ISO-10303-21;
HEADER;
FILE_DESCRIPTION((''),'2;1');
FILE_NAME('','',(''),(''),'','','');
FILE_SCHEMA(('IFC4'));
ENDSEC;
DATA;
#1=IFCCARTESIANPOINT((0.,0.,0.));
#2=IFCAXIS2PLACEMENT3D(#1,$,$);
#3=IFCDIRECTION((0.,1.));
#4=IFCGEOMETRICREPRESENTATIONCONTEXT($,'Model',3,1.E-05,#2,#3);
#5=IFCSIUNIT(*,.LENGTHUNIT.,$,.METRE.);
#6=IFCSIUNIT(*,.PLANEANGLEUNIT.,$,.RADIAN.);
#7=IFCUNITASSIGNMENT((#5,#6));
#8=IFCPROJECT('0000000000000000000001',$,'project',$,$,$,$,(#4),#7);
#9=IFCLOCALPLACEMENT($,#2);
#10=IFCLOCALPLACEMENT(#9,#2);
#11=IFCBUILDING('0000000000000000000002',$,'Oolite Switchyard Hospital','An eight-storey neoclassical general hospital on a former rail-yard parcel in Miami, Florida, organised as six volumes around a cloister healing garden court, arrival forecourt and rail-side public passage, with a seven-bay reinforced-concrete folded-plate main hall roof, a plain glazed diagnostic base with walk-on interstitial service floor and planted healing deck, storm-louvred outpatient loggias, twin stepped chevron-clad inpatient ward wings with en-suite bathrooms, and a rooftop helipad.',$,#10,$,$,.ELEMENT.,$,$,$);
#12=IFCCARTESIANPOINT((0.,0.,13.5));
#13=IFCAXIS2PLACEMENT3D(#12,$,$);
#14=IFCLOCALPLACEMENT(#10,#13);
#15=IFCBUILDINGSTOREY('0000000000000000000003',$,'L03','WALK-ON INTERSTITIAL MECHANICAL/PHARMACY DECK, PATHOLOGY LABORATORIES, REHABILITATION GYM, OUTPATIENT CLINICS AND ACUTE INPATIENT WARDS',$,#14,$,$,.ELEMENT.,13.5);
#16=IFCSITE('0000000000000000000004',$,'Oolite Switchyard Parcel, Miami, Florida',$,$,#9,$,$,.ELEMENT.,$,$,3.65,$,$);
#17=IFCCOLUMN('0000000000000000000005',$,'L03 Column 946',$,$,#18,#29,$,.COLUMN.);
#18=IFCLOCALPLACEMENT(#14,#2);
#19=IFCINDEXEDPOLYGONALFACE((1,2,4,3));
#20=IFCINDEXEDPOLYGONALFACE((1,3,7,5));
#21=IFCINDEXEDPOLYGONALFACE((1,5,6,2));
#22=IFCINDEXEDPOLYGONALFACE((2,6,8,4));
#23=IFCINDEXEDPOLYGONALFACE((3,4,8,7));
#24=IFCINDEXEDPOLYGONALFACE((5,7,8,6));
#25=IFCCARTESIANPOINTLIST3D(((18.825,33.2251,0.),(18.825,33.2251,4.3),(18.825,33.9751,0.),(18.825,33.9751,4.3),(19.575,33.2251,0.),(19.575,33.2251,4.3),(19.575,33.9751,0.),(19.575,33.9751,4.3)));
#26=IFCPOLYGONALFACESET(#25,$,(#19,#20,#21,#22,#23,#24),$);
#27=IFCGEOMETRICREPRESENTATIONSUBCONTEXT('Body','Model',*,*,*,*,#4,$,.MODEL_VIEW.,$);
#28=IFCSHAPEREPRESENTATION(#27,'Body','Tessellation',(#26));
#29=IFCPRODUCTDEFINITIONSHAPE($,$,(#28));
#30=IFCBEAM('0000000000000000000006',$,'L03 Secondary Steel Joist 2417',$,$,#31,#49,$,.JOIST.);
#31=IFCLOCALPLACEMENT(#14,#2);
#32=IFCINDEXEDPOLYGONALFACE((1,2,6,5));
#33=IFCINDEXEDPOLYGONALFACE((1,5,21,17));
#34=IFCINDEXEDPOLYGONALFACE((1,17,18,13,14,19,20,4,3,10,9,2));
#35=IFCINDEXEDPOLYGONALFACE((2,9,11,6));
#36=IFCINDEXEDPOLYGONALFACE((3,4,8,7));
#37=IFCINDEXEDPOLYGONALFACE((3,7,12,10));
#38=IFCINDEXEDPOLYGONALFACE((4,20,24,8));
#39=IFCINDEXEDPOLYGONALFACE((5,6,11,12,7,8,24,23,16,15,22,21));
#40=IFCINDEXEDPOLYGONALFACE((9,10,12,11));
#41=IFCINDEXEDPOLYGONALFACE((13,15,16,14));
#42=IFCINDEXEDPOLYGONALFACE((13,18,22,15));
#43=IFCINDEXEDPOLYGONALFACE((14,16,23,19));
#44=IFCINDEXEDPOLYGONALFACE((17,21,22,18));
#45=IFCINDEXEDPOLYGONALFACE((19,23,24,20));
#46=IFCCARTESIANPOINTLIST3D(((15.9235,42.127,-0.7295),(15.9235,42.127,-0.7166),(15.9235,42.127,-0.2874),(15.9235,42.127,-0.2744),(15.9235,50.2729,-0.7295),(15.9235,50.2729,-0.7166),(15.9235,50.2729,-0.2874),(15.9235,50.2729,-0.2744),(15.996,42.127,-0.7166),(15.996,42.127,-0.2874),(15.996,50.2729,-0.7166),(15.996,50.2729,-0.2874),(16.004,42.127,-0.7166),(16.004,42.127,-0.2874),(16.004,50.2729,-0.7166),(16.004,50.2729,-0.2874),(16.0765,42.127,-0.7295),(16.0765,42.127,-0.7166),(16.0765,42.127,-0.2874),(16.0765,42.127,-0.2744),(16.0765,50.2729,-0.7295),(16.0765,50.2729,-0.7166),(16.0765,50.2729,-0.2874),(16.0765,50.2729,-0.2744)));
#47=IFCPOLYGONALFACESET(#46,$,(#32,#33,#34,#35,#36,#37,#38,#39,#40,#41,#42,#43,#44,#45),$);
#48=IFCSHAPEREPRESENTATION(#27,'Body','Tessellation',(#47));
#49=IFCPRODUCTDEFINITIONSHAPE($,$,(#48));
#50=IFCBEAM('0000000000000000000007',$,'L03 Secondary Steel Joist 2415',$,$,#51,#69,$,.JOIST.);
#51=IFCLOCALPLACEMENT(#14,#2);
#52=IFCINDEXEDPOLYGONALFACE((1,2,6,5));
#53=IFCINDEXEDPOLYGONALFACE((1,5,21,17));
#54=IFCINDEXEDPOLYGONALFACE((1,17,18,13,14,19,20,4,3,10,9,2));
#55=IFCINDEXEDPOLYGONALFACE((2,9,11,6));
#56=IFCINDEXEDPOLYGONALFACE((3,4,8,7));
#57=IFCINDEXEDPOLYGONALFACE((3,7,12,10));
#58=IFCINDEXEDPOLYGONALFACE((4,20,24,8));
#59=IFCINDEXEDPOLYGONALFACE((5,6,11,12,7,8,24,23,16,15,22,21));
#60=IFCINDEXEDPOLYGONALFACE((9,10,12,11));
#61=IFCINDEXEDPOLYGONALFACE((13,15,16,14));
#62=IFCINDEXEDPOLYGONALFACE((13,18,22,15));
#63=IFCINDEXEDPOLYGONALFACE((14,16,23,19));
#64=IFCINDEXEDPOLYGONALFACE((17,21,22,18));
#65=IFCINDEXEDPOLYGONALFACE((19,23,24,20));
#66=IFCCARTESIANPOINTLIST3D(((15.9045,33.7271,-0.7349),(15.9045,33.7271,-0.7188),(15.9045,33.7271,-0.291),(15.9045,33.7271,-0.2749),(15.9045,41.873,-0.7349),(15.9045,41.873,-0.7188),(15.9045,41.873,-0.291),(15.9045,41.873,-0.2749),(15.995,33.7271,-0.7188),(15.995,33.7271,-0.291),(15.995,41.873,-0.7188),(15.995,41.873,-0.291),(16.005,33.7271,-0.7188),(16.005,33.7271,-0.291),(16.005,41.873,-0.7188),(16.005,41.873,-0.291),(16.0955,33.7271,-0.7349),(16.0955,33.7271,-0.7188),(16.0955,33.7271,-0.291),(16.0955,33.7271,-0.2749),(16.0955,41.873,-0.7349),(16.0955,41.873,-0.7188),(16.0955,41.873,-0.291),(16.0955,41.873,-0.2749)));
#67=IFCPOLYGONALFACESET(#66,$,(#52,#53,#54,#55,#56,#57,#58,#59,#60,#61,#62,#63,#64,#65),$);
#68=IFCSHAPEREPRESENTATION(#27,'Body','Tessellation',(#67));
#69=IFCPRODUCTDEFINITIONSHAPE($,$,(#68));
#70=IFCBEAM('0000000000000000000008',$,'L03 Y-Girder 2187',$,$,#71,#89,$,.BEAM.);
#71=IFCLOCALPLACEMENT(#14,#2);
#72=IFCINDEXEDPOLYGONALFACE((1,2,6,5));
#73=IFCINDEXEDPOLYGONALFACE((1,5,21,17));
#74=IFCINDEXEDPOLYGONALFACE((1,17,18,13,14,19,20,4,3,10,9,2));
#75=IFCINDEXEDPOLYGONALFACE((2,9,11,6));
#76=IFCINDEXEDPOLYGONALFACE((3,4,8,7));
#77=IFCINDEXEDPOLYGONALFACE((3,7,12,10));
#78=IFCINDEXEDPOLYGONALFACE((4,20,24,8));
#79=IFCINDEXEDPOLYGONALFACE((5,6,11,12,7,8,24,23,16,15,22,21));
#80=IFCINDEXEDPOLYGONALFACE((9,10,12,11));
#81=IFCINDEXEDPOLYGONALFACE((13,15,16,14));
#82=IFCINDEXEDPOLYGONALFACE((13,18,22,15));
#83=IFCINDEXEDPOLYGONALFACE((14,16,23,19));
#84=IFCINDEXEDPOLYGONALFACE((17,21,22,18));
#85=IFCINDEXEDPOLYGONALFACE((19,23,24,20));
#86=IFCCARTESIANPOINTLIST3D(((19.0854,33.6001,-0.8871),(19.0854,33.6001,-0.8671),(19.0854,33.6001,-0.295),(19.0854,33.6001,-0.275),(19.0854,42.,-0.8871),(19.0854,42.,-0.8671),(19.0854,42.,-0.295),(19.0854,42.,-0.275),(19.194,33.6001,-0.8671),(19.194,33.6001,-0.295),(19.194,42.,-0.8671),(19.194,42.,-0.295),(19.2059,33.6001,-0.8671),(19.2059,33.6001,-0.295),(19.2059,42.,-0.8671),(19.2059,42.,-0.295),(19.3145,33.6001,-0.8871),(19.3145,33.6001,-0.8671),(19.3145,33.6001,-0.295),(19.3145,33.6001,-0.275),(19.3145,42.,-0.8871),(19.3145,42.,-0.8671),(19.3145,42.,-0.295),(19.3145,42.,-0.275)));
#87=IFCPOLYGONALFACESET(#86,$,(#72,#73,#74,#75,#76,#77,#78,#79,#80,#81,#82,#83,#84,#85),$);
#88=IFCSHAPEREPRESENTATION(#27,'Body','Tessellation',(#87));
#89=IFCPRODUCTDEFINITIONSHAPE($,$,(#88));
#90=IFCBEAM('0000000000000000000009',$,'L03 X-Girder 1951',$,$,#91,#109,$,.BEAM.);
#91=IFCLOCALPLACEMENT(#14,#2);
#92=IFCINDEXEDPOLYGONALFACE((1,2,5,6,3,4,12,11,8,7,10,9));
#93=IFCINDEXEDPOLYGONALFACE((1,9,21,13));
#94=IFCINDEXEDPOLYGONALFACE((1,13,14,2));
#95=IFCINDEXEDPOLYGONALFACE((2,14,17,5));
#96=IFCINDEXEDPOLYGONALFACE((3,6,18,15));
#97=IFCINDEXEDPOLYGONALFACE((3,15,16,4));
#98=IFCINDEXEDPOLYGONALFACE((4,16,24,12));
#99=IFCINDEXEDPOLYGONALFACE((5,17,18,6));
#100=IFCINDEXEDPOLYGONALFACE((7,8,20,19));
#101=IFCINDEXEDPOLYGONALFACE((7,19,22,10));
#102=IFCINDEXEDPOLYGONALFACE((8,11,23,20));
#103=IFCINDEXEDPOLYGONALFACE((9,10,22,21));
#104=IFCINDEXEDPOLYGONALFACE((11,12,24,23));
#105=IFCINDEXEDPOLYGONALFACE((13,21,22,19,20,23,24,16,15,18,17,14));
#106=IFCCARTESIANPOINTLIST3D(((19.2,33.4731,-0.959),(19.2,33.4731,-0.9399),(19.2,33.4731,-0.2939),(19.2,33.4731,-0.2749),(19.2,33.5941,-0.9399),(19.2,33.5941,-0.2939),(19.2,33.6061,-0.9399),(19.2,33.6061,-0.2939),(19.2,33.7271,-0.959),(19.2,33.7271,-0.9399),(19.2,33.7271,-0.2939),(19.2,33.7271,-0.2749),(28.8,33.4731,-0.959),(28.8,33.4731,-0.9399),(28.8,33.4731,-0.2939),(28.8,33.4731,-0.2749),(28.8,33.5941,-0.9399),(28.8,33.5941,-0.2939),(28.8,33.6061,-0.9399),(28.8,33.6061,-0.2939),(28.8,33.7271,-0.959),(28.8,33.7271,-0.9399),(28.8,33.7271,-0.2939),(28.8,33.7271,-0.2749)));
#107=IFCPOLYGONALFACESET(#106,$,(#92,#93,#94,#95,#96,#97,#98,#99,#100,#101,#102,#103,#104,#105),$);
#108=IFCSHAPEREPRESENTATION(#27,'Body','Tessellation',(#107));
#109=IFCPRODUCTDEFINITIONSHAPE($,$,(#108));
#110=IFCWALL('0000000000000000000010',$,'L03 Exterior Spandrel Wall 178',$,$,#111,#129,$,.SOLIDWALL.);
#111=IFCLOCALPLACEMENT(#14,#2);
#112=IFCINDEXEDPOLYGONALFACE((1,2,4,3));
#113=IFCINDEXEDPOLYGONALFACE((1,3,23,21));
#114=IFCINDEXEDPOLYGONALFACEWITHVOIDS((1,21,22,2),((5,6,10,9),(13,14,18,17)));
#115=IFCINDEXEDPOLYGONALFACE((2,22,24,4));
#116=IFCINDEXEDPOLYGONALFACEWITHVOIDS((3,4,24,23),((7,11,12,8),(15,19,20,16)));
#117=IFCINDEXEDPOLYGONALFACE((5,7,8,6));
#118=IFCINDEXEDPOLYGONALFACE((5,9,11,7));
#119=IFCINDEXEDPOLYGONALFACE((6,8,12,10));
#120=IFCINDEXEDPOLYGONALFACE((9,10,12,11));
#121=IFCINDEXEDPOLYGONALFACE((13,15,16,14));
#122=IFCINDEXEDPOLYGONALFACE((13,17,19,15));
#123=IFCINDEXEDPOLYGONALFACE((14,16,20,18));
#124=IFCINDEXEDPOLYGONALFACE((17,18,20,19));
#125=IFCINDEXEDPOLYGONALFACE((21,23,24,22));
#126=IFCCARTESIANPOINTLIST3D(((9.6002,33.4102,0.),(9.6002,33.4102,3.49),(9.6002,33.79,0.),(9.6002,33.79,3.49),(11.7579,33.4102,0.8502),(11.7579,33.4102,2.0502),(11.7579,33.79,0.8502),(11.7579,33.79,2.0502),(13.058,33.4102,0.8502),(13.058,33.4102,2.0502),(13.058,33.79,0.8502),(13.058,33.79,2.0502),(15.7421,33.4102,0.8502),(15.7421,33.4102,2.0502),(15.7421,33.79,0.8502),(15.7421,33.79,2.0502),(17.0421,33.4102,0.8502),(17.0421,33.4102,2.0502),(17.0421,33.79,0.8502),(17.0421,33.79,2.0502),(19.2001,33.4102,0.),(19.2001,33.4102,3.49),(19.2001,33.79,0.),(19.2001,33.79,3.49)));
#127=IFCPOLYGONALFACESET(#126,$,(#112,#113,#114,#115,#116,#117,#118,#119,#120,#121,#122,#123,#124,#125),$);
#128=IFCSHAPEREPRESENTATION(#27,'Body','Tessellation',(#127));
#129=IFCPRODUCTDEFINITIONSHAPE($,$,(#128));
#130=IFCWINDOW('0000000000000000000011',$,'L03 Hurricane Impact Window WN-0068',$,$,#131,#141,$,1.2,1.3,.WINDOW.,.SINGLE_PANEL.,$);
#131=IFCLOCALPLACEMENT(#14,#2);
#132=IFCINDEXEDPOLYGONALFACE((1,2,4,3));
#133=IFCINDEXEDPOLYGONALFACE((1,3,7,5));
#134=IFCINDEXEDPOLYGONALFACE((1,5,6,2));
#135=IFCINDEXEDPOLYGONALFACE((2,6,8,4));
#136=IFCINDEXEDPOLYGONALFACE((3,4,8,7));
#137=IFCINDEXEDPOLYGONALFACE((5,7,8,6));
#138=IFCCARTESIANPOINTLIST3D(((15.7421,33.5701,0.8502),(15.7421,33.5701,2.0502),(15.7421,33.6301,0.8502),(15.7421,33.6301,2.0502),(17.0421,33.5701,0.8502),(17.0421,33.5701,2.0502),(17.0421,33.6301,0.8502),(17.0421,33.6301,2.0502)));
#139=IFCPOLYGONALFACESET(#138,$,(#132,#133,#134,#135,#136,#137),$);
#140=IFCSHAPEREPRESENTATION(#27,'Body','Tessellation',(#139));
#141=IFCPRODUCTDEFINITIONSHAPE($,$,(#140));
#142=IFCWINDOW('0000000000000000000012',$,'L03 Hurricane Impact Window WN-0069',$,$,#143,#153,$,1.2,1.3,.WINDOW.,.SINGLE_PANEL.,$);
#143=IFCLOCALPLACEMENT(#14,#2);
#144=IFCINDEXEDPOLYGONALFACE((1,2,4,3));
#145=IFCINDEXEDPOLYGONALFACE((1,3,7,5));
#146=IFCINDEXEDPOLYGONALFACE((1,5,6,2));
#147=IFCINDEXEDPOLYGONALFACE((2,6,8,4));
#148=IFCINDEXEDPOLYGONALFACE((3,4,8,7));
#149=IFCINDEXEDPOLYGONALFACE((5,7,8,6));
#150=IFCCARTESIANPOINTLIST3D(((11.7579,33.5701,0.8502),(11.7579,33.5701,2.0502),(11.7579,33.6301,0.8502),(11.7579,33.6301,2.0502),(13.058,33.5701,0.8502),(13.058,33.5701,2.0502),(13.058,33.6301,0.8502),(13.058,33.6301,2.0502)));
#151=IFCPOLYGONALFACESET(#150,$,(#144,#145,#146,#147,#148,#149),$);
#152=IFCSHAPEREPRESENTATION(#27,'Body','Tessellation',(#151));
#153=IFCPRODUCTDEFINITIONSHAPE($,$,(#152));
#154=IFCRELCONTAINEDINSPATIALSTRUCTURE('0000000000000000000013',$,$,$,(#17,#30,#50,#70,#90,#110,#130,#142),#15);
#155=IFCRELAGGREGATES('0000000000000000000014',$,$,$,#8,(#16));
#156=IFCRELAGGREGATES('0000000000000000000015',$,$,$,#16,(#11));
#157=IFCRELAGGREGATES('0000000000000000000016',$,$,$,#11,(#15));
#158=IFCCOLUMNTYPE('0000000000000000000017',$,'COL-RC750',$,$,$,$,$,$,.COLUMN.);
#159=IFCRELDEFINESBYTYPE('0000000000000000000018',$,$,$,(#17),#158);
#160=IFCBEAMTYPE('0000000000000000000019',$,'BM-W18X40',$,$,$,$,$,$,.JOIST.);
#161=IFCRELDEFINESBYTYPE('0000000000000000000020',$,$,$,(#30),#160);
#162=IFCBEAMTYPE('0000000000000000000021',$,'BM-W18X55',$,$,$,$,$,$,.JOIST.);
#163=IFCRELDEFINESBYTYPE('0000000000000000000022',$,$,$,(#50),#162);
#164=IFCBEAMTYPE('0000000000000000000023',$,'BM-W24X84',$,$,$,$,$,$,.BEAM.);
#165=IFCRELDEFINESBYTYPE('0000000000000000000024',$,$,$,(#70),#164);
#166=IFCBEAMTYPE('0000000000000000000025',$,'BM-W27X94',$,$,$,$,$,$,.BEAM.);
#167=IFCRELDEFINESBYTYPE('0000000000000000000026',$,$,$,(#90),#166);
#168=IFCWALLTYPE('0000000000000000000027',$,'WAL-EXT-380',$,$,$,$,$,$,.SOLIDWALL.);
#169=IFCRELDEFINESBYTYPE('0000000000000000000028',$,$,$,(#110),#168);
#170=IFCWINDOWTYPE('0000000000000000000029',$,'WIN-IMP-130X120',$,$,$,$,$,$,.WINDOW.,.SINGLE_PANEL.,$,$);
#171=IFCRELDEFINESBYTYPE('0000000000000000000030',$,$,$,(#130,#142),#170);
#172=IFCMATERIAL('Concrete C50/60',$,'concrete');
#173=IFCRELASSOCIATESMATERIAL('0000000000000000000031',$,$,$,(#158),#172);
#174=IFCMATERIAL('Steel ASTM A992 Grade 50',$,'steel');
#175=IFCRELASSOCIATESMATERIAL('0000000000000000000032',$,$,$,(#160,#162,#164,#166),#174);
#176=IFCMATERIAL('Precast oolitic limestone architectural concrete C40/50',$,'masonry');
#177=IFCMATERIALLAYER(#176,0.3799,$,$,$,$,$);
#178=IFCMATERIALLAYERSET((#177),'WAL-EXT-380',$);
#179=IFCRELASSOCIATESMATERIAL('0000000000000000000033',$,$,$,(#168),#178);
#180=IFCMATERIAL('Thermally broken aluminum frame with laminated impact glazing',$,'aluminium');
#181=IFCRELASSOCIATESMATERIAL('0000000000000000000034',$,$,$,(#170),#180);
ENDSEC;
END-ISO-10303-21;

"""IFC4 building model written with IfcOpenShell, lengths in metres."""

from ifc_helpers import new_model, si_unit, direction, frame, frame_2d, origin, origin_2d, place, context, subcontext, project, spatial, rectangle, i_section, extrude, material, layer, layer_set, material_profile, profile_set, type_object, element, fill, save


model = new_model("IFC4")

# Units and contexts
model_context = context("Model", 3, precision=1e-05, world=origin(), true_north=direction((0.0, 1.0)))
body_context = subcontext(model_context, "Body", "Model", "MODEL_VIEW")
ifc_project = project(units=[si_unit("LENGTHUNIT", "METRE"), si_unit("PLANEANGLEUNIT", "RADIAN")], contexts=[model_context])

# Site, building, storey
site_placement = place(None, origin())
site = spatial("IfcSite", under=ifc_project, at=site_placement, Name="Oolite Switchyard Parcel, Miami, Florida", CompositionType="ELEMENT", RefElevation=3.65)
building_placement = place(site_placement, origin())
building = spatial("IfcBuilding", under=site, at=building_placement, Name="Oolite Switchyard Hospital", Description="An eight-storey neoclassical general hospital on a former rail-yard parcel in Miami, Florida, organised as six volumes around a cloister healing garden court, arrival forecourt and rail-side public passage, with a seven-bay reinforced-concrete folded-plate main hall roof, a plain glazed diagnostic base with walk-on interstitial service floor and planted healing deck, storm-louvred outpatient loggias, twin stepped chevron-clad inpatient ward wings with en-suite bathrooms, and a rooftop helipad.", CompositionType="ELEMENT")
storey_placement = place(building_placement, frame((0.0, 0.0, 13.5)))
storey = spatial("IfcBuildingStorey", under=building, at=storey_placement, Name="L03", Description="WALK-ON INTERSTITIAL MECHANICAL/PHARMACY DECK, PATHOLOGY LABORATORIES, REHABILITATION GYM, OUTPATIENT CLINICS AND ACUTE INPATIENT WARDS", CompositionType="ELEMENT", Elevation=13.5)

# Column
ifc_material_1 = material(Name="Concrete C50/60", Category="concrete")
ifc_material_profile_1 = material_profile(ifc_material_1, rectangle(XDim=0.75, YDim=0.75, at=origin_2d()), Name="RC750X750")
ifc_profile_set_1 = profile_set([ifc_material_profile_1], Name="Concrete C50/60")
column_type = type_object("IfcColumnType", Name="COL-RC750", PredefinedType="COLUMN", material=ifc_profile_set_1)
column_placement = place(storey_placement, frame((19.2, 33.6001, 0.0), z_axis=(0.0, 0.0, 1.0), x_axis=(1.0, 0.0, 0.0)))
element("IfcColumn", 1, at=column_placement, inside=storey, type_object=column_type, Name="L03 Column 946", PredefinedType="COLUMN", context=body_context, shape_type="SweptSolid", body=[
    extrude(rectangle(XDim=0.75, YDim=0.75, at=origin_2d()), origin(), (0.0, 0.0, 1.0), 4.3),
])

# Beams
ifc_material_2 = material(Name="Steel ASTM A992 Grade 50", Category="steel")
ifc_material_profile_2 = material_profile(ifc_material_2, i_section(OverallWidth=0.1531, OverallDepth=0.4551, WebThickness=0.0081, FlangeThickness=0.0129, at=origin_2d()), Name="W18X40")
ifc_profile_set_2 = profile_set([ifc_material_profile_2], Name="Steel ASTM A992 Grade 50")
beam_type_1 = type_object("IfcBeamType", Name="BM-W18X40", PredefinedType="JOIST", material=ifc_profile_set_2)
beam_1_placement = place(storey_placement, frame((16.0, 42.127, -0.502), z_axis=(0.0, 1.0, 0.0), x_axis=(-1.0, 0.0, 0.0)))
element("IfcBeam", 2, at=beam_1_placement, inside=storey, type_object=beam_type_1, Name="L03 Secondary Steel Joist 2417", PredefinedType="JOIST", context=body_context, shape_type="SweptSolid", body=[
    extrude(i_section(OverallWidth=0.1531, OverallDepth=0.4551, WebThickness=0.0081, FlangeThickness=0.0129, at=origin_2d()), origin(), (0.0, 0.0, 1.0), 8.146),
])
ifc_material_profile_3 = material_profile(ifc_material_2, i_section(OverallWidth=0.1909, OverallDepth=0.46, WebThickness=0.01, FlangeThickness=0.0161, at=origin_2d()), Name="W18X55")
ifc_profile_set_3 = profile_set([ifc_material_profile_3], Name="Steel ASTM A992 Grade 50")
beam_type_2 = type_object("IfcBeamType", Name="BM-W18X55", PredefinedType="JOIST", material=ifc_profile_set_3)
beam_2_placement = place(storey_placement, frame((16.0, 33.7271, -0.5049), z_axis=(0.0, 1.0, 0.0), x_axis=(-1.0, 0.0, 0.0)))
element("IfcBeam", 3, at=beam_2_placement, inside=storey, type_object=beam_type_2, Name="L03 Secondary Steel Joist 2415", PredefinedType="JOIST", context=body_context, shape_type="SweptSolid", body=[
    extrude(i_section(OverallWidth=0.1909, OverallDepth=0.46, WebThickness=0.01, FlangeThickness=0.0161, at=origin_2d()), origin(), (0.0, 0.0, 1.0), 8.146),
])
ifc_material_profile_4 = material_profile(ifc_material_2, i_section(OverallWidth=0.229, OverallDepth=0.6121, WebThickness=0.012, FlangeThickness=0.02, at=origin_2d()), Name="W24X84")
ifc_profile_set_4 = profile_set([ifc_material_profile_4], Name="Steel ASTM A992 Grade 50")
beam_type_3 = type_object("IfcBeamType", Name="BM-W24X84", PredefinedType="BEAM", material=ifc_profile_set_4)
beam_3_placement = place(storey_placement, frame((19.2, 33.6001, -0.5811), z_axis=(0.0, 1.0, 0.0), x_axis=(-1.0, 0.0, 0.0)))
element("IfcBeam", 4, at=beam_3_placement, inside=storey, type_object=beam_type_3, Name="L03 Y-Girder 2187", PredefinedType="BEAM", context=body_context, shape_type="SweptSolid", body=[
    extrude(i_section(OverallWidth=0.229, OverallDepth=0.6121, WebThickness=0.012, FlangeThickness=0.02, at=origin_2d()), origin(), (0.0, 0.0, 1.0), 8.3999),
])
ifc_material_profile_5 = material_profile(ifc_material_2, i_section(OverallWidth=0.2539, OverallDepth=0.6841, WebThickness=0.012, FlangeThickness=0.019, at=origin_2d()), Name="W27X94")
ifc_profile_set_5 = profile_set([ifc_material_profile_5], Name="Steel ASTM A992 Grade 50")
beam_type_4 = type_object("IfcBeamType", Name="BM-W27X94", PredefinedType="BEAM", material=ifc_profile_set_5)
beam_4_placement = place(storey_placement, frame((19.2, 33.6001, -0.6169), z_axis=(1.0, 0.0, 0.0), x_axis=(0.0, 1.0, 0.0)))
element("IfcBeam", 5, at=beam_4_placement, inside=storey, type_object=beam_type_4, Name="L03 X-Girder 1951", PredefinedType="BEAM", context=body_context, shape_type="SweptSolid", body=[
    extrude(i_section(OverallWidth=0.2539, OverallDepth=0.6841, WebThickness=0.012, FlangeThickness=0.019, at=origin_2d()), origin(), (0.0, 0.0, 1.0), 9.6001),
])

# Wall, openings, windows
ifc_material_3 = material(Name="Precast oolitic limestone architectural concrete C40/50", Category="masonry")
ifc_layer_1 = layer(ifc_material_3, 0.3799)
ifc_layer_set_1 = layer_set([ifc_layer_1], Name="WAL-EXT-380")
wall_type_1 = type_object("IfcWallType", Name="WAL-EXT-380", PredefinedType="SOLIDWALL", material=ifc_layer_set_1)
wall_1_placement = place(storey_placement, frame((19.2, 33.6001, 0.0), z_axis=(0.0, 0.0, 1.0), x_axis=(-1.0, 0.0, 0.0)))
wall_1 = element("IfcWall", 6, at=wall_1_placement, inside=storey, type_object=wall_type_1, Name="L03 Exterior Spandrel Wall 178", PredefinedType="SOLIDWALL", context=body_context, shape_type="SweptSolid", body=[
    extrude(rectangle(XDim=9.5999, YDim=0.3799, at=frame_2d((4.7998, 0.0))), origin(), (0.0, 0.0, 1.0), 3.49),
])
opening_1_placement = place(wall_1_placement, frame((2.158, 0.0, 0.8501)))
opening_1 = element("IfcOpeningElement", 7, at=opening_1_placement, cuts=wall_1, PredefinedType="OPENING", context=body_context, shape_type="SweptSolid", body=[
    extrude(rectangle(XDim=1.3, YDim=1.2, at=frame_2d((0.6499, 0.6001))), frame((0.0, 0.2, 0.0), z_axis=(0.0, -1.0, 0.0), x_axis=(1.0, 0.0, 0.0)), (0.0, 0.0, 1.0), 0.3999),
])
opening_2_placement = place(wall_1_placement, frame((6.1421, 0.0, 0.8501)))
opening_2 = element("IfcOpeningElement", 8, at=opening_2_placement, cuts=wall_1, PredefinedType="OPENING", context=body_context, shape_type="SweptSolid", body=[
    extrude(rectangle(XDim=1.3, YDim=1.2, at=frame_2d((0.6499, 0.6001))), frame((0.0, 0.2, 0.0), z_axis=(0.0, -1.0, 0.0), x_axis=(1.0, 0.0, 0.0)), (0.0, 0.0, 1.0), 0.3999),
])
ifc_material_4 = material(Name="Thermally broken aluminum frame with laminated impact glazing", Category="aluminium")
window_type = type_object("IfcWindowType", Name="WIN-IMP-130X120", PartitioningType="SINGLE_PANEL", PredefinedType="WINDOW", material=ifc_material_4)
window_1_placement = place(opening_1_placement, origin())
window_1 = element("IfcWindow", 9, at=window_1_placement, inside=storey, type_object=window_type, Name="L03 Hurricane Impact Window WN-0068", OverallHeight=1.2, OverallWidth=1.3, PartitioningType="SINGLE_PANEL", PredefinedType="WINDOW", context=body_context, shape_type="SweptSolid", body=[
    extrude(rectangle(XDim=1.3, YDim=1.2, at=frame_2d((0.6499, 0.6001))), frame((0.0, 0.03, 0.0), z_axis=(0.0, -1.0, 0.0), x_axis=(1.0, 0.0, 0.0)), (0.0, 0.0, 1.0), 0.0601),
])
fill(opening_1, window_1)
window_2_placement = place(opening_2_placement, origin())
window_2 = element("IfcWindow", 10, at=window_2_placement, inside=storey, type_object=window_type, Name="L03 Hurricane Impact Window WN-0069", OverallHeight=1.2, OverallWidth=1.3, PartitioningType="SINGLE_PANEL", PredefinedType="WINDOW", context=body_context, shape_type="SweptSolid", body=[
    extrude(rectangle(XDim=1.3, YDim=1.2, at=frame_2d((0.6499, 0.6001))), frame((0.0, 0.03, 0.0), z_axis=(0.0, -1.0, 0.0), x_axis=(1.0, 0.0, 0.0)), (0.0, 0.0, 1.0), 0.0601),
])
fill(opening_2, window_2)

save(model, "model.ifc")
